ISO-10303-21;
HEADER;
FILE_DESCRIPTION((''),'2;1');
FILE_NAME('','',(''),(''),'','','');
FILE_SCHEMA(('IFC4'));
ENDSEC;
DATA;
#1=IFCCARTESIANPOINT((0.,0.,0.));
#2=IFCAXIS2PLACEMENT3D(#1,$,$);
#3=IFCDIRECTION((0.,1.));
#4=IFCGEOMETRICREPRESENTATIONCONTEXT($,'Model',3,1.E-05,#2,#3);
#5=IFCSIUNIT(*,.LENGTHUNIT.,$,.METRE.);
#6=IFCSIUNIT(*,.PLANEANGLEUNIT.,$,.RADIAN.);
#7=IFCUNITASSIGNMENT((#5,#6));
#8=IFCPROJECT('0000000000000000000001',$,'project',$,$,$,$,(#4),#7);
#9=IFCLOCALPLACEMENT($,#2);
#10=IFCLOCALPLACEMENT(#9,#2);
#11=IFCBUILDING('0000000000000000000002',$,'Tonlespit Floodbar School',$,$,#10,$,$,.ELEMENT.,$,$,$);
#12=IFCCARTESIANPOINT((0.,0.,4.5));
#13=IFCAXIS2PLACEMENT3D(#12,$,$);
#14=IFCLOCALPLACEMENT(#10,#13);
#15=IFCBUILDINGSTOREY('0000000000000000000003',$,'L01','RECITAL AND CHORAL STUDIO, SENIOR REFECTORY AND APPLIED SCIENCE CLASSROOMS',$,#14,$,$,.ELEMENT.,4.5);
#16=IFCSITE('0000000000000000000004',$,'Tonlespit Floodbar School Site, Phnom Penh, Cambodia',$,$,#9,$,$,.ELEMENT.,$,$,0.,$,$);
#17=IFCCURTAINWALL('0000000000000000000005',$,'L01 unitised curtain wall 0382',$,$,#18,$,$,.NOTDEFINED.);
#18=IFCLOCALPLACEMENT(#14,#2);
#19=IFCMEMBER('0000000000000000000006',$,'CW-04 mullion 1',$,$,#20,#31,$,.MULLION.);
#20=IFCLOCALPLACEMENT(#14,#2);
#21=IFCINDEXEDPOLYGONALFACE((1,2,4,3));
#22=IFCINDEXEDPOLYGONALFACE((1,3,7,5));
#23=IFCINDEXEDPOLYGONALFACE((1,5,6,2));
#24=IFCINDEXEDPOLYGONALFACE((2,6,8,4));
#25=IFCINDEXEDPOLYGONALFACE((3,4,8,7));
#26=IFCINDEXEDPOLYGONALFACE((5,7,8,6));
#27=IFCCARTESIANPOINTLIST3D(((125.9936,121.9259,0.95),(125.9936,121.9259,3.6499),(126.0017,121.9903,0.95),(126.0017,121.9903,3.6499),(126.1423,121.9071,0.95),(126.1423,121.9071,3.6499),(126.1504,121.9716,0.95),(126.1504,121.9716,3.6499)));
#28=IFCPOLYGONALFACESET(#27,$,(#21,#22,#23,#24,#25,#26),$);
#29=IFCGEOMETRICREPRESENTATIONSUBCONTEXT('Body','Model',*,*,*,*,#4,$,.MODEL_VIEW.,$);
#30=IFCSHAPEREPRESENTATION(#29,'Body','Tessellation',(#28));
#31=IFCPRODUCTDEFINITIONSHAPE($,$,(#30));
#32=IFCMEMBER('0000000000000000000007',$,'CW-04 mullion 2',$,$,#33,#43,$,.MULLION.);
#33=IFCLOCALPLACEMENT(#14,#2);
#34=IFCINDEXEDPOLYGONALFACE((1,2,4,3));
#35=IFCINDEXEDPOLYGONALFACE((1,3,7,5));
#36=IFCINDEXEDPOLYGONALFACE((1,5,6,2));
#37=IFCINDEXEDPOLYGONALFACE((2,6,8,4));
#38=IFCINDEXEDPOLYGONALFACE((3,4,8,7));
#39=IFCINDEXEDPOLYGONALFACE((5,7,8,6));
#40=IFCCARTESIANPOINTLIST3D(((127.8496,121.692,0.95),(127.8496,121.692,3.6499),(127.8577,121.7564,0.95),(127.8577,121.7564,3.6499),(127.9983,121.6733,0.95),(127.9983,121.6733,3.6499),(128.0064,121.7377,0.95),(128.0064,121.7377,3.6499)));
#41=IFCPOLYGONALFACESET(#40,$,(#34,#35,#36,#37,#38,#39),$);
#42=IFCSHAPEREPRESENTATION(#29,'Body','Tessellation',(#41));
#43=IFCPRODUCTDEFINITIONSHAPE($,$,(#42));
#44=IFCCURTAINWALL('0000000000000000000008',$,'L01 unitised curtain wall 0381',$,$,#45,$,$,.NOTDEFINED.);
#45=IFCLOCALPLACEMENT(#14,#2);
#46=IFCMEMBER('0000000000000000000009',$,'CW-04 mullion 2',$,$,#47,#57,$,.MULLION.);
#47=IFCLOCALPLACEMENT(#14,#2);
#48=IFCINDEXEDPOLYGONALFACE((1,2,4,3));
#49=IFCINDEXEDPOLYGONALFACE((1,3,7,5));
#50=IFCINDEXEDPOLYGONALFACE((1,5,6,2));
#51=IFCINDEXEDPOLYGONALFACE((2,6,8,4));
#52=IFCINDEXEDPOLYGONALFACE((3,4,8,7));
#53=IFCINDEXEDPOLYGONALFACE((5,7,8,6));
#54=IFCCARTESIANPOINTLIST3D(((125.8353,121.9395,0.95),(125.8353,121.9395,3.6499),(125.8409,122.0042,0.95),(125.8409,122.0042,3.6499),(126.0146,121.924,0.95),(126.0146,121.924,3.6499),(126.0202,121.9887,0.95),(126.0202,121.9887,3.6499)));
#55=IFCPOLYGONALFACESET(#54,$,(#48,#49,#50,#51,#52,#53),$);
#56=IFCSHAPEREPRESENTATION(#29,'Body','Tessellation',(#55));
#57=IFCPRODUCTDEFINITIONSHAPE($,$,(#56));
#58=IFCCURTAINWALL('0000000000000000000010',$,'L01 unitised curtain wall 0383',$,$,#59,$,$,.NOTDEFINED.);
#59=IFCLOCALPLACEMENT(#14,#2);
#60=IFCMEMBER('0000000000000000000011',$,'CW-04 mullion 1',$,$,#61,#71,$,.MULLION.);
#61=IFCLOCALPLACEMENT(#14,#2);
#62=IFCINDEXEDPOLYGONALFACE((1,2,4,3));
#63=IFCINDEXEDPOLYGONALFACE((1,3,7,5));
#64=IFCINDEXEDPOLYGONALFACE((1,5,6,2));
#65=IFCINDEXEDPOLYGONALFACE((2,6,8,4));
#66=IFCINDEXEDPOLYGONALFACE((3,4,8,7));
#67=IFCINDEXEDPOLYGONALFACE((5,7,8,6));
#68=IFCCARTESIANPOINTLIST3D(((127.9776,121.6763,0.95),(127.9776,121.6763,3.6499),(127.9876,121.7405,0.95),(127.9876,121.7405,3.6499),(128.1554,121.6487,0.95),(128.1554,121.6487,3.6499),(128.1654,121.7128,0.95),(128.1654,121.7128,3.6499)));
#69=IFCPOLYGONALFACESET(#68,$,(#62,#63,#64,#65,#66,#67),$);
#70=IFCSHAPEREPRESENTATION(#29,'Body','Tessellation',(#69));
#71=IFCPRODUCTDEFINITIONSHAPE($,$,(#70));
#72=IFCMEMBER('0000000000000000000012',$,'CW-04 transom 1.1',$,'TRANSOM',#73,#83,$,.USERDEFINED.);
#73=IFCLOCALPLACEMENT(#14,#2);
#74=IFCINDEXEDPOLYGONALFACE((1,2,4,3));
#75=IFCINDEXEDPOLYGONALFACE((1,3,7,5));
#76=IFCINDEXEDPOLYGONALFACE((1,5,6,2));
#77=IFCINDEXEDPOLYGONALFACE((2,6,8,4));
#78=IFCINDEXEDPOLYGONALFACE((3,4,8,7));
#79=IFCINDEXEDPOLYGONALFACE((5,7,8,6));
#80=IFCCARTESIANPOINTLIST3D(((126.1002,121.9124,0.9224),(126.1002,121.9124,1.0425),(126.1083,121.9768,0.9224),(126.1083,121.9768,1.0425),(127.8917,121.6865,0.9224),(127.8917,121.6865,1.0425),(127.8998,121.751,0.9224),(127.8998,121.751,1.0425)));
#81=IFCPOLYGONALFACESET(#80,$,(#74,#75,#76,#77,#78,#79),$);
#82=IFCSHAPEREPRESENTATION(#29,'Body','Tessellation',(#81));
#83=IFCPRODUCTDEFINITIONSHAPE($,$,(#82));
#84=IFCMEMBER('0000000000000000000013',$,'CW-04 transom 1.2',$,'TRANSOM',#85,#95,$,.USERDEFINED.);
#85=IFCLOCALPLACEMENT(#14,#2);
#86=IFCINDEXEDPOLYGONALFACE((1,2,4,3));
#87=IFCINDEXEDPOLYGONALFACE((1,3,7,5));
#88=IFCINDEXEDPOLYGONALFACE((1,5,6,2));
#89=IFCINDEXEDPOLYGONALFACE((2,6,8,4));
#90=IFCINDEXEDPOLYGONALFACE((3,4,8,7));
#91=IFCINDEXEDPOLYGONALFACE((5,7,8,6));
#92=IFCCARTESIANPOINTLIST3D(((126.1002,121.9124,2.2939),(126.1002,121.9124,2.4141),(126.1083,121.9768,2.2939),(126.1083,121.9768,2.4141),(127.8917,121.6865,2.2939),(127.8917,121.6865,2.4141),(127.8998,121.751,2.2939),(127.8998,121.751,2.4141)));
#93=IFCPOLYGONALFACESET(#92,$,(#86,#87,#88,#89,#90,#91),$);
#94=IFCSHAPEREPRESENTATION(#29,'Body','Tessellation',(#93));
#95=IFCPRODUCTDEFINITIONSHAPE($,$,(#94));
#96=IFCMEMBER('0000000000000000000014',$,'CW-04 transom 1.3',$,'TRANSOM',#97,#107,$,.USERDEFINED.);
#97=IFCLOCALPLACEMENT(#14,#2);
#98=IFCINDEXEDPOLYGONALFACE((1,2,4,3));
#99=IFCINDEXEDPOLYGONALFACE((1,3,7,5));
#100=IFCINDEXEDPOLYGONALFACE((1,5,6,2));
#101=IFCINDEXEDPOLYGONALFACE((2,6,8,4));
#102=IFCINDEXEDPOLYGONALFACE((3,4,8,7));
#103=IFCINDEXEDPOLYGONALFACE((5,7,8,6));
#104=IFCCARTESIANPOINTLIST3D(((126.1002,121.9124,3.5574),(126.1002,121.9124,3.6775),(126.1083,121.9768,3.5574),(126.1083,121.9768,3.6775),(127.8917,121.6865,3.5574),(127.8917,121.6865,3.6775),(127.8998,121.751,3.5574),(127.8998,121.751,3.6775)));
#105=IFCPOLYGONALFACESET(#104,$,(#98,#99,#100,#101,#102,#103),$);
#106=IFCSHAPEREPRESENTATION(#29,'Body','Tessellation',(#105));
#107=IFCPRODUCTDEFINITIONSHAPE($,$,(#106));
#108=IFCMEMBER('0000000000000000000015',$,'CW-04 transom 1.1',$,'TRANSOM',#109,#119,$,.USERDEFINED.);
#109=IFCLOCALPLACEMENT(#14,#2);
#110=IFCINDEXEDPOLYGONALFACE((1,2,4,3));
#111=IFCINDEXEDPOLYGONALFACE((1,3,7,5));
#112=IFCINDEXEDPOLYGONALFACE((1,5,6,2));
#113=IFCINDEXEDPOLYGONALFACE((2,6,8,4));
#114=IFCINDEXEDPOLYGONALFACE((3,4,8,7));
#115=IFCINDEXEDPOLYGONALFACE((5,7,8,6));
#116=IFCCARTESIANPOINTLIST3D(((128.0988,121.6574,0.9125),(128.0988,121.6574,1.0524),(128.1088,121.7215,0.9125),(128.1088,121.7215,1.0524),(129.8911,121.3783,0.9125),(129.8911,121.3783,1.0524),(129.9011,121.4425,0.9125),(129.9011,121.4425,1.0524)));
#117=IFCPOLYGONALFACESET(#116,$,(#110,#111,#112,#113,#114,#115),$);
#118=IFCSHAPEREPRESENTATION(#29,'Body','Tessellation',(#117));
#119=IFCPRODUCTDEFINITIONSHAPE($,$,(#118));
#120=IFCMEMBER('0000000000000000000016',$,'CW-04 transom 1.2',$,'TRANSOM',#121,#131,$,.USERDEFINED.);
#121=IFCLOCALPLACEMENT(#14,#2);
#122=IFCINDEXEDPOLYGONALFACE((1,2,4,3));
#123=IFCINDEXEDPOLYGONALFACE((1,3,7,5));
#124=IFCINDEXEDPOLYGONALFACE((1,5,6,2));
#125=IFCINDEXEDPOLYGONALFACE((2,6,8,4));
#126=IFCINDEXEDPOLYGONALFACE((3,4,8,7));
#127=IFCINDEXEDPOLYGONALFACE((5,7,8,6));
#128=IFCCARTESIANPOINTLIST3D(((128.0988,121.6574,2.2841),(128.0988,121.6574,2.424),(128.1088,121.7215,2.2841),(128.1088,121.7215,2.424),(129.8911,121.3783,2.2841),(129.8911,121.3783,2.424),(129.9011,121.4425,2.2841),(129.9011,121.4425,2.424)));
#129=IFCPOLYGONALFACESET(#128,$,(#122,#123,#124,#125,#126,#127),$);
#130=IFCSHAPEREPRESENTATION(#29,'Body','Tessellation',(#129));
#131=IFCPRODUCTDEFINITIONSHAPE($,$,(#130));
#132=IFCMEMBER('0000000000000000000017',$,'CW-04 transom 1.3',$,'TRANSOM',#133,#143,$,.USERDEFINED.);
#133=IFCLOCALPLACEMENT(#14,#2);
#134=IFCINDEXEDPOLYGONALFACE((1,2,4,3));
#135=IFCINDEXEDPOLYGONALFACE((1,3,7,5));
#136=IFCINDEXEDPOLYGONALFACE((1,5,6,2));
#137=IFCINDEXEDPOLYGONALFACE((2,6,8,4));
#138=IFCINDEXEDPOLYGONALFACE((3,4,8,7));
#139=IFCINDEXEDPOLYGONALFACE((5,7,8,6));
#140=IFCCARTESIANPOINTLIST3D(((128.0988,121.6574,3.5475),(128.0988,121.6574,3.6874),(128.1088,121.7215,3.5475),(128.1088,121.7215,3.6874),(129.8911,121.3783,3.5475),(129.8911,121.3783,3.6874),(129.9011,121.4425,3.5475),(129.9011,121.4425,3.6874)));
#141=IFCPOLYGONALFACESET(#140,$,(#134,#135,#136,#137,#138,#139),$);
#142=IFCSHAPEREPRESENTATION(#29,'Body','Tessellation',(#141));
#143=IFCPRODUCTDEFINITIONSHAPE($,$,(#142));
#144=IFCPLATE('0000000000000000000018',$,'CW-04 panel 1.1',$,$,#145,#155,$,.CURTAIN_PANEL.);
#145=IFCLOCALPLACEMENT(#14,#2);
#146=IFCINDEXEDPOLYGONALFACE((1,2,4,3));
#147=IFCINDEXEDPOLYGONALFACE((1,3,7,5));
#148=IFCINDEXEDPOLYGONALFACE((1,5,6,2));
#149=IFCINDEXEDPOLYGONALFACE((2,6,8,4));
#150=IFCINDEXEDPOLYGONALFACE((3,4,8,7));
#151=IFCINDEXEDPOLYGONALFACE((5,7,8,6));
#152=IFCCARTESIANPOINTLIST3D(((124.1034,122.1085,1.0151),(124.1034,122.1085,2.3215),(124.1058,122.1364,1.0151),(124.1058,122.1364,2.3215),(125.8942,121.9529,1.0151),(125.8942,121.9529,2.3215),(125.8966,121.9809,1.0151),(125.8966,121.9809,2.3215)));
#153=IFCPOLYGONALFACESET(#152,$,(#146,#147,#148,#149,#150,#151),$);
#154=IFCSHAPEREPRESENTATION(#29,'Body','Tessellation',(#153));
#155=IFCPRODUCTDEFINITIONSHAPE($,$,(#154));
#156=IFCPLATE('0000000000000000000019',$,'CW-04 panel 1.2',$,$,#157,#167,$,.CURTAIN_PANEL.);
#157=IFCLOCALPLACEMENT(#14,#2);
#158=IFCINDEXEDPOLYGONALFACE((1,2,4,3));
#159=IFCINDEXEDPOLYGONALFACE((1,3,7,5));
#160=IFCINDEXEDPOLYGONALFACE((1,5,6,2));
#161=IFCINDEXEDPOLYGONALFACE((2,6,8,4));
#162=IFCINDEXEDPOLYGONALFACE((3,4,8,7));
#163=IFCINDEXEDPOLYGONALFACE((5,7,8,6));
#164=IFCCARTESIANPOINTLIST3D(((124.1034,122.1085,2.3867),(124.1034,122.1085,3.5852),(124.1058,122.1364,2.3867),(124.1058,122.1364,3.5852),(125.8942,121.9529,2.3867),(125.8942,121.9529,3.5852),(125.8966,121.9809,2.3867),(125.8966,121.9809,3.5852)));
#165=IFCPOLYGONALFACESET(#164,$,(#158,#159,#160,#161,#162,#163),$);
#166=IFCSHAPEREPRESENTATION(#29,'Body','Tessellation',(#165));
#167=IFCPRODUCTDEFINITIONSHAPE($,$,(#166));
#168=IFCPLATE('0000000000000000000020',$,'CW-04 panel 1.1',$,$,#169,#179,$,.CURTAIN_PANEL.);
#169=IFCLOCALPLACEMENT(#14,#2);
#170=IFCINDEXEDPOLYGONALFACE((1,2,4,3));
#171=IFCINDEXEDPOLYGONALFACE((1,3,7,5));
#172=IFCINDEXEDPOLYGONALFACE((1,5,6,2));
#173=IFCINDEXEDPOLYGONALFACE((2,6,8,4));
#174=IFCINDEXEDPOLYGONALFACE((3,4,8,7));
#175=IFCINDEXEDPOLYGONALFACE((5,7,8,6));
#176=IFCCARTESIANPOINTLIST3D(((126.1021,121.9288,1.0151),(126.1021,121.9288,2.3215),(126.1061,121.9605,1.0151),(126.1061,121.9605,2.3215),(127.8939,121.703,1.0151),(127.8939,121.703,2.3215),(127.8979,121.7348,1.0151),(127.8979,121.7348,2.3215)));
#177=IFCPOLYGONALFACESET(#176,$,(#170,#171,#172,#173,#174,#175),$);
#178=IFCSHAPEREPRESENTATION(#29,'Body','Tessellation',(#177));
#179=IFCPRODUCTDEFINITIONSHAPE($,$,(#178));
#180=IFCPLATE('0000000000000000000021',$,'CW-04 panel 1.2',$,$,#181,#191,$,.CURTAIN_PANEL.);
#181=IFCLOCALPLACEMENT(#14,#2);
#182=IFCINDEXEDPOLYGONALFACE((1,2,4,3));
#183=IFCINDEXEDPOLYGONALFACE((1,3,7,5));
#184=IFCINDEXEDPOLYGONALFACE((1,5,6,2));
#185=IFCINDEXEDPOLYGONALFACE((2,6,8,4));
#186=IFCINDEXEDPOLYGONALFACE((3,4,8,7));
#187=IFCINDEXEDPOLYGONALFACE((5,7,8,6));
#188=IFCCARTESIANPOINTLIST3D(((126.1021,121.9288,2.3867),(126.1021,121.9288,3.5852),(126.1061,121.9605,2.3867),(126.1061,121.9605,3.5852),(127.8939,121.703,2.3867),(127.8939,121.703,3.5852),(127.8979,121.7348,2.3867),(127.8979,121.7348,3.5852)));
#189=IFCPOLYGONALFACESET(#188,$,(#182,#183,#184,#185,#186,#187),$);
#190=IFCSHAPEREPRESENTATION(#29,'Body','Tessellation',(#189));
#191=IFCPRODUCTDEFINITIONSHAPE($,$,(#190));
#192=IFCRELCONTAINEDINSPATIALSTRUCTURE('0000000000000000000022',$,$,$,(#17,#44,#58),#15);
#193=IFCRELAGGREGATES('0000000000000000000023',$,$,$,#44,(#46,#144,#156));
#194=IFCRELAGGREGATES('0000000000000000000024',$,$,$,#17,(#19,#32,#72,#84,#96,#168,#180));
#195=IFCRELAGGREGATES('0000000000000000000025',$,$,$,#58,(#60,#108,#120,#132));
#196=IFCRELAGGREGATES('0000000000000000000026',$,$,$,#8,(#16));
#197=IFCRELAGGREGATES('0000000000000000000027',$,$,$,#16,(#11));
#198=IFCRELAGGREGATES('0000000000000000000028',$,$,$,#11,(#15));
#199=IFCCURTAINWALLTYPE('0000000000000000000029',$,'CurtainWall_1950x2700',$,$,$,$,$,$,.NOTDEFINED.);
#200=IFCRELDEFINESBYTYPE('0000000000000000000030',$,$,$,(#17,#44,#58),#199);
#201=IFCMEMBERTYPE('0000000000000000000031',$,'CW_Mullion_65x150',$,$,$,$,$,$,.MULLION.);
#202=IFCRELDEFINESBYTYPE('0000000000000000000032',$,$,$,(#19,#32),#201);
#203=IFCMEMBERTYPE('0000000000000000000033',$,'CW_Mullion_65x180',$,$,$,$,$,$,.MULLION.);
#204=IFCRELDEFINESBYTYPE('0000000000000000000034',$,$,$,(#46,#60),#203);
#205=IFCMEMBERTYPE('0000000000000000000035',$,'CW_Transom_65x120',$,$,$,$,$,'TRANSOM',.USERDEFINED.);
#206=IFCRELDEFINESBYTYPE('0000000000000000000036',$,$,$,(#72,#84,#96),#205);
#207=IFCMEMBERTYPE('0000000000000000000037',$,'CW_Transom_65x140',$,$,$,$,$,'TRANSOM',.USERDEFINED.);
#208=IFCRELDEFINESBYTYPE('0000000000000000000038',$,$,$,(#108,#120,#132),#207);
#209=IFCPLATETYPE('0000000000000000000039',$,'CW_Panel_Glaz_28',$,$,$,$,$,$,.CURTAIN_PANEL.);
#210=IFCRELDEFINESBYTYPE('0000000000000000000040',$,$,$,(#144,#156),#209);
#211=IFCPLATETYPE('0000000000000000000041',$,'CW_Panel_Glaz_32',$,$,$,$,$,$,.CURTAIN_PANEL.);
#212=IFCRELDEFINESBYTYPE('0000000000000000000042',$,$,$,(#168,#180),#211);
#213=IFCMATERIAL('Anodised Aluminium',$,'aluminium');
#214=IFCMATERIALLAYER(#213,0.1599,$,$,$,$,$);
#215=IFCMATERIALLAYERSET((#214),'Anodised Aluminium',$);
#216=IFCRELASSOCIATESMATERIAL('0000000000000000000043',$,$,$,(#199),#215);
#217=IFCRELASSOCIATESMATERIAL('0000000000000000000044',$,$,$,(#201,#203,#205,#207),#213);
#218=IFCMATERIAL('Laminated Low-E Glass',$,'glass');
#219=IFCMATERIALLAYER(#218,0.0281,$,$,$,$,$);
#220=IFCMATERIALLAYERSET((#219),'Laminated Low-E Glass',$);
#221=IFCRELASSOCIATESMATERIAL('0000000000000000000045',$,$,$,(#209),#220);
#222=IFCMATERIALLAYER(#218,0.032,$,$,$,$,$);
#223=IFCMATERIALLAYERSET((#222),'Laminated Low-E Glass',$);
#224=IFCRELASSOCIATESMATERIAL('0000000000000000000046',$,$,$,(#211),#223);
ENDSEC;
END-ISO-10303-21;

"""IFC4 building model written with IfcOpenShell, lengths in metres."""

from ifc_helpers import new_model, si_unit, direction, frame, origin, origin_2d, place, context, subcontext, project, spatial, rectangle, extrude, material, layer, layer_set, material_profile, profile_set, type_object, element, aggregate, save


model = new_model("IFC4")

# Units and contexts
model_context = context("Model", 3, precision=1e-05, world=origin(), true_north=direction((0.0, 1.0)))
body_context = subcontext(model_context, "Body", "Model", "MODEL_VIEW")
ifc_project = project(units=[si_unit("LENGTHUNIT", "METRE"), si_unit("PLANEANGLEUNIT", "RADIAN")], contexts=[model_context])

# Site, building, storey
site_placement = place(None, origin())
site = spatial("IfcSite", under=ifc_project, at=site_placement, Name="Tonlespit Floodbar School Site, Phnom Penh, Cambodia", CompositionType="ELEMENT", RefElevation=0.0)
building_placement = place(site_placement, origin())
building = spatial("IfcBuilding", under=site, at=building_placement, Name="Tonlespit Floodbar School", CompositionType="ELEMENT")
storey_placement = place(building_placement, frame((0.0, 0.0, 4.5)))
storey = spatial("IfcBuildingStorey", under=building, at=storey_placement, Name="L01", Description="RECITAL AND CHORAL STUDIO, SENIOR REFECTORY AND APPLIED SCIENCE CLASSROOMS", CompositionType="ELEMENT", Elevation=4.5)

# Curtain wall, members
ifc_material_1 = material(Name="Anodised Aluminium", Category="aluminium")
ifc_layer_1 = layer(ifc_material_1, 0.1599)
ifc_layer_set_1 = layer_set([ifc_layer_1], Name="Anodised Aluminium")
curtain_wall_type = type_object("IfcCurtainWallType", Name="CurtainWall_1950x2700", PredefinedType="NOTDEFINED", material=ifc_layer_set_1)
curtain_wall_1_placement = place(storey_placement, origin())
curtain_wall_1 = element("IfcCurtainWall", 1, at=curtain_wall_1_placement, inside=storey, type_object=curtain_wall_type, Name="L01 unitised curtain wall 0382", PredefinedType="NOTDEFINED")
ifc_material_profile_1 = material_profile(ifc_material_1, rectangle(XDim=0.0649, YDim=0.1499, at=origin_2d()), Name="ALU M65x150")
ifc_profile_set_1 = profile_set([ifc_material_profile_1], Name="Anodised Aluminium")
member_type_1 = type_object("IfcMemberType", Name="CW_Mullion_65x150", PredefinedType="MULLION", material=ifc_profile_set_1)
member_1_placement = place(storey_placement, frame((126.072, 121.9487, 0.95), z_axis=(0.0, 0.0, 1.0), x_axis=(0.125014, 0.992155, 0.0)))
member_1 = element("IfcMember", 2, at=member_1_placement, type_object=member_type_1, Name="CW-04 mullion 1", PredefinedType="MULLION", context=body_context, shape_type="SweptSolid", body=[
    extrude(rectangle(XDim=0.0649, YDim=0.1499, at=origin_2d()), origin(), (0.0, 0.0, 1.0), 2.7),
])
member_2_placement = place(storey_placement, frame((127.928, 121.7148, 0.95), z_axis=(0.0, 0.0, 1.0), x_axis=(0.125014, 0.992155, 0.0)))
member_2 = element("IfcMember", 3, at=member_2_placement, type_object=member_type_1, Name="CW-04 mullion 2", PredefinedType="MULLION", context=body_context, shape_type="SweptSolid", body=[
    extrude(rectangle(XDim=0.0649, YDim=0.1499, at=origin_2d()), origin(), (0.0, 0.0, 1.0), 2.7),
])

# Curtain walls, members
curtain_wall_2_placement = place(storey_placement, origin())
curtain_wall_2 = element("IfcCurtainWall", 4, at=curtain_wall_2_placement, inside=storey, type_object=curtain_wall_type, Name="L01 unitised curtain wall 0381", PredefinedType="NOTDEFINED")
ifc_material_profile_2 = material_profile(ifc_material_1, rectangle(XDim=0.0649, YDim=0.1799, at=origin_2d()), Name="ALU M65x180")
ifc_profile_set_2 = profile_set([ifc_material_profile_2], Name="Anodised Aluminium")
member_type_2 = type_object("IfcMemberType", Name="CW_Mullion_65x180", PredefinedType="MULLION", material=ifc_profile_set_2)
member_3_placement = place(storey_placement, frame((125.9277, 121.9641, 0.95), z_axis=(0.0, 0.0, 1.0), x_axis=(0.086531, 0.996249, 0.0)))
member_3 = element("IfcMember", 5, at=member_3_placement, type_object=member_type_2, Name="CW-04 mullion 2", PredefinedType="MULLION", context=body_context, shape_type="SweptSolid", body=[
    extrude(rectangle(XDim=0.0649, YDim=0.1799, at=origin_2d()), origin(), (0.0, 0.0, 1.0), 2.7),
])
curtain_wall_3_placement = place(storey_placement, origin())
curtain_wall_3 = element("IfcCurtainWall", 6, at=curtain_wall_3_placement, inside=storey, type_object=curtain_wall_type, Name="L01 unitised curtain wall 0383", PredefinedType="NOTDEFINED")
member_4_placement = place(storey_placement, frame((128.0715, 121.6946, 0.95), z_axis=(0.0, 0.0, 1.0), x_axis=(0.153796, 0.988103, 0.0)))
member_4 = element("IfcMember", 7, at=member_4_placement, type_object=member_type_2, Name="CW-04 mullion 1", PredefinedType="MULLION", context=body_context, shape_type="SweptSolid", body=[
    extrude(rectangle(XDim=0.0649, YDim=0.1799, at=origin_2d()), origin(), (0.0, 0.0, 1.0), 2.7),
])

# Members
ifc_material_profile_3 = material_profile(ifc_material_1, rectangle(XDim=0.0649, YDim=0.1201, at=origin_2d()), Name="ALU T65x120")
ifc_profile_set_3 = profile_set([ifc_material_profile_3], Name="Anodised Aluminium")
member_type_3 = type_object("IfcMemberType", Name="CW_Transom_65x120", ElementType="TRANSOM", PredefinedType="USERDEFINED", material=ifc_profile_set_3)
member_5_placement = place(storey_placement, frame((126.1042, 121.9446, 0.9824), z_axis=(0.992148, -0.125066, 0.0), x_axis=(0.125066, 0.992148, 0.0)))
member_5 = element("IfcMember", 8, at=member_5_placement, type_object=member_type_3, Name="CW-04 transom 1.1", ObjectType="TRANSOM", PredefinedType="USERDEFINED", context=body_context, shape_type="SweptSolid", body=[
    extrude(rectangle(XDim=0.0649, YDim=0.1201, at=origin_2d()), origin(), (0.0, 0.0, 1.0), 1.8057),
])
member_6_placement = place(storey_placement, frame((126.1042, 121.9446, 2.354), z_axis=(0.992148, -0.125066, 0.0), x_axis=(0.125066, 0.992148, 0.0)))
member_6 = element("IfcMember", 9, at=member_6_placement, type_object=member_type_3, Name="CW-04 transom 1.2", ObjectType="TRANSOM", PredefinedType="USERDEFINED", context=body_context, shape_type="SweptSolid", body=[
    extrude(rectangle(XDim=0.0649, YDim=0.1201, at=origin_2d()), origin(), (0.0, 0.0, 1.0), 1.8057),
])
member_7_placement = place(storey_placement, frame((126.1042, 121.9446, 3.6174), z_axis=(0.992148, -0.125066, 0.0), x_axis=(0.125066, 0.992148, 0.0)))
member_7 = element("IfcMember", 10, at=member_7_placement, type_object=member_type_3, Name="CW-04 transom 1.3", ObjectType="TRANSOM", PredefinedType="USERDEFINED", context=body_context, shape_type="SweptSolid", body=[
    extrude(rectangle(XDim=0.0649, YDim=0.1201, at=origin_2d()), origin(), (0.0, 0.0, 1.0), 1.8057),
])
ifc_material_profile_4 = material_profile(ifc_material_1, rectangle(XDim=0.0649, YDim=0.1399, at=origin_2d()), Name="ALU T65x140")
ifc_profile_set_4 = profile_set([ifc_material_profile_4], Name="Anodised Aluminium")
member_type_4 = type_object("IfcMemberType", Name="CW_Transom_65x140", ElementType="TRANSOM", PredefinedType="USERDEFINED", material=ifc_profile_set_4)
member_8_placement = place(storey_placement, frame((128.1038, 121.6895, 0.9824), z_axis=(0.988098, -0.153827, 0.0), x_axis=(0.153827, 0.988098, 0.0)))
member_8 = element("IfcMember", 11, at=member_8_placement, type_object=member_type_4, Name="CW-04 transom 1.1", ObjectType="TRANSOM", PredefinedType="USERDEFINED", context=body_context, shape_type="SweptSolid", body=[
    extrude(rectangle(XDim=0.0649, YDim=0.1399, at=origin_2d()), origin(), (0.0, 0.0, 1.0), 1.814),
])
member_9_placement = place(storey_placement, frame((128.1038, 121.6895, 2.354), z_axis=(0.988098, -0.153827, 0.0), x_axis=(0.153827, 0.988098, 0.0)))
member_9 = element("IfcMember", 12, at=member_9_placement, type_object=member_type_4, Name="CW-04 transom 1.2", ObjectType="TRANSOM", PredefinedType="USERDEFINED", context=body_context, shape_type="SweptSolid", body=[
    extrude(rectangle(XDim=0.0649, YDim=0.1399, at=origin_2d()), origin(), (0.0, 0.0, 1.0), 1.814),
])
member_10_placement = place(storey_placement, frame((128.1038, 121.6895, 3.6174), z_axis=(0.988098, -0.153827, 0.0), x_axis=(0.153827, 0.988098, 0.0)))
member_10 = element("IfcMember", 13, at=member_10_placement, type_object=member_type_4, Name="CW-04 transom 1.3", ObjectType="TRANSOM", PredefinedType="USERDEFINED", context=body_context, shape_type="SweptSolid", body=[
    extrude(rectangle(XDim=0.0649, YDim=0.1399, at=origin_2d()), origin(), (0.0, 0.0, 1.0), 1.814),
])

# Plates
ifc_material_2 = material(Name="Laminated Low-E Glass", Category="glass")
ifc_layer_2 = layer(ifc_material_2, 0.0281)
ifc_layer_set_2 = layer_set([ifc_layer_2], Name="Laminated Low-E Glass")
plate_type_1 = type_object("IfcPlateType", Name="CW_Panel_Glaz_28", PredefinedType="CURTAIN_PANEL", material=ifc_layer_set_2)
plate_1_placement = place(storey_placement, frame((125.0, 122.0447, 1.0151), z_axis=(0.0, 0.0, 1.0), x_axis=(0.996249, -0.086531, 0.0)))
plate_1 = element("IfcPlate", 14, at=plate_1_placement, type_object=plate_type_1, Name="CW-04 panel 1.1", PredefinedType="CURTAIN_PANEL", context=body_context, shape_type="SweptSolid", body=[
    extrude(rectangle(XDim=1.7976, YDim=0.0281, at=origin_2d()), origin(), (0.0, 0.0, 1.0), 1.3064),
])
plate_2_placement = place(storey_placement, frame((125.0, 122.0447, 2.3867), z_axis=(0.0, 0.0, 1.0), x_axis=(0.996249, -0.086531, 0.0)))
plate_2 = element("IfcPlate", 15, at=plate_2_placement, type_object=plate_type_1, Name="CW-04 panel 1.2", PredefinedType="CURTAIN_PANEL", context=body_context, shape_type="SweptSolid", body=[
    extrude(rectangle(XDim=1.7976, YDim=0.0281, at=origin_2d()), origin(), (0.0, 0.0, 1.0), 1.1985),
])
aggregate(curtain_wall_2, [member_3, plate_1, plate_2])
ifc_layer_3 = layer(ifc_material_2, 0.032)
ifc_layer_set_3 = layer_set([ifc_layer_3], Name="Laminated Low-E Glass")
plate_type_2 = type_object("IfcPlateType", Name="CW_Panel_Glaz_32", PredefinedType="CURTAIN_PANEL", material=ifc_layer_set_3)
plate_3_placement = place(storey_placement, frame((127.0, 121.8318, 1.0151), z_axis=(0.0, 0.0, 1.0), x_axis=(0.992155, -0.125014, 0.0)))
plate_3 = element("IfcPlate", 16, at=plate_3_placement, type_object=plate_type_2, Name="CW-04 panel 1.1", PredefinedType="CURTAIN_PANEL", context=body_context, shape_type="SweptSolid", body=[
    extrude(rectangle(XDim=1.8059, YDim=0.032, at=origin_2d()), origin(), (0.0, 0.0, 1.0), 1.3064),
])
plate_4_placement = place(storey_placement, frame((127.0, 121.8318, 2.3867), z_axis=(0.0, 0.0, 1.0), x_axis=(0.992155, -0.125014, 0.0)))
plate_4 = element("IfcPlate", 17, at=plate_4_placement, type_object=plate_type_2, Name="CW-04 panel 1.2", PredefinedType="CURTAIN_PANEL", context=body_context, shape_type="SweptSolid", body=[
    extrude(rectangle(XDim=1.8059, YDim=0.032, at=origin_2d()), origin(), (0.0, 0.0, 1.0), 1.1985),
])
aggregate(curtain_wall_1, [member_1, member_2, member_5, member_6, member_7, plate_3, plate_4])
aggregate(curtain_wall_3, [member_4, member_8, member_9, member_10])

save(model, "model.ifc")
